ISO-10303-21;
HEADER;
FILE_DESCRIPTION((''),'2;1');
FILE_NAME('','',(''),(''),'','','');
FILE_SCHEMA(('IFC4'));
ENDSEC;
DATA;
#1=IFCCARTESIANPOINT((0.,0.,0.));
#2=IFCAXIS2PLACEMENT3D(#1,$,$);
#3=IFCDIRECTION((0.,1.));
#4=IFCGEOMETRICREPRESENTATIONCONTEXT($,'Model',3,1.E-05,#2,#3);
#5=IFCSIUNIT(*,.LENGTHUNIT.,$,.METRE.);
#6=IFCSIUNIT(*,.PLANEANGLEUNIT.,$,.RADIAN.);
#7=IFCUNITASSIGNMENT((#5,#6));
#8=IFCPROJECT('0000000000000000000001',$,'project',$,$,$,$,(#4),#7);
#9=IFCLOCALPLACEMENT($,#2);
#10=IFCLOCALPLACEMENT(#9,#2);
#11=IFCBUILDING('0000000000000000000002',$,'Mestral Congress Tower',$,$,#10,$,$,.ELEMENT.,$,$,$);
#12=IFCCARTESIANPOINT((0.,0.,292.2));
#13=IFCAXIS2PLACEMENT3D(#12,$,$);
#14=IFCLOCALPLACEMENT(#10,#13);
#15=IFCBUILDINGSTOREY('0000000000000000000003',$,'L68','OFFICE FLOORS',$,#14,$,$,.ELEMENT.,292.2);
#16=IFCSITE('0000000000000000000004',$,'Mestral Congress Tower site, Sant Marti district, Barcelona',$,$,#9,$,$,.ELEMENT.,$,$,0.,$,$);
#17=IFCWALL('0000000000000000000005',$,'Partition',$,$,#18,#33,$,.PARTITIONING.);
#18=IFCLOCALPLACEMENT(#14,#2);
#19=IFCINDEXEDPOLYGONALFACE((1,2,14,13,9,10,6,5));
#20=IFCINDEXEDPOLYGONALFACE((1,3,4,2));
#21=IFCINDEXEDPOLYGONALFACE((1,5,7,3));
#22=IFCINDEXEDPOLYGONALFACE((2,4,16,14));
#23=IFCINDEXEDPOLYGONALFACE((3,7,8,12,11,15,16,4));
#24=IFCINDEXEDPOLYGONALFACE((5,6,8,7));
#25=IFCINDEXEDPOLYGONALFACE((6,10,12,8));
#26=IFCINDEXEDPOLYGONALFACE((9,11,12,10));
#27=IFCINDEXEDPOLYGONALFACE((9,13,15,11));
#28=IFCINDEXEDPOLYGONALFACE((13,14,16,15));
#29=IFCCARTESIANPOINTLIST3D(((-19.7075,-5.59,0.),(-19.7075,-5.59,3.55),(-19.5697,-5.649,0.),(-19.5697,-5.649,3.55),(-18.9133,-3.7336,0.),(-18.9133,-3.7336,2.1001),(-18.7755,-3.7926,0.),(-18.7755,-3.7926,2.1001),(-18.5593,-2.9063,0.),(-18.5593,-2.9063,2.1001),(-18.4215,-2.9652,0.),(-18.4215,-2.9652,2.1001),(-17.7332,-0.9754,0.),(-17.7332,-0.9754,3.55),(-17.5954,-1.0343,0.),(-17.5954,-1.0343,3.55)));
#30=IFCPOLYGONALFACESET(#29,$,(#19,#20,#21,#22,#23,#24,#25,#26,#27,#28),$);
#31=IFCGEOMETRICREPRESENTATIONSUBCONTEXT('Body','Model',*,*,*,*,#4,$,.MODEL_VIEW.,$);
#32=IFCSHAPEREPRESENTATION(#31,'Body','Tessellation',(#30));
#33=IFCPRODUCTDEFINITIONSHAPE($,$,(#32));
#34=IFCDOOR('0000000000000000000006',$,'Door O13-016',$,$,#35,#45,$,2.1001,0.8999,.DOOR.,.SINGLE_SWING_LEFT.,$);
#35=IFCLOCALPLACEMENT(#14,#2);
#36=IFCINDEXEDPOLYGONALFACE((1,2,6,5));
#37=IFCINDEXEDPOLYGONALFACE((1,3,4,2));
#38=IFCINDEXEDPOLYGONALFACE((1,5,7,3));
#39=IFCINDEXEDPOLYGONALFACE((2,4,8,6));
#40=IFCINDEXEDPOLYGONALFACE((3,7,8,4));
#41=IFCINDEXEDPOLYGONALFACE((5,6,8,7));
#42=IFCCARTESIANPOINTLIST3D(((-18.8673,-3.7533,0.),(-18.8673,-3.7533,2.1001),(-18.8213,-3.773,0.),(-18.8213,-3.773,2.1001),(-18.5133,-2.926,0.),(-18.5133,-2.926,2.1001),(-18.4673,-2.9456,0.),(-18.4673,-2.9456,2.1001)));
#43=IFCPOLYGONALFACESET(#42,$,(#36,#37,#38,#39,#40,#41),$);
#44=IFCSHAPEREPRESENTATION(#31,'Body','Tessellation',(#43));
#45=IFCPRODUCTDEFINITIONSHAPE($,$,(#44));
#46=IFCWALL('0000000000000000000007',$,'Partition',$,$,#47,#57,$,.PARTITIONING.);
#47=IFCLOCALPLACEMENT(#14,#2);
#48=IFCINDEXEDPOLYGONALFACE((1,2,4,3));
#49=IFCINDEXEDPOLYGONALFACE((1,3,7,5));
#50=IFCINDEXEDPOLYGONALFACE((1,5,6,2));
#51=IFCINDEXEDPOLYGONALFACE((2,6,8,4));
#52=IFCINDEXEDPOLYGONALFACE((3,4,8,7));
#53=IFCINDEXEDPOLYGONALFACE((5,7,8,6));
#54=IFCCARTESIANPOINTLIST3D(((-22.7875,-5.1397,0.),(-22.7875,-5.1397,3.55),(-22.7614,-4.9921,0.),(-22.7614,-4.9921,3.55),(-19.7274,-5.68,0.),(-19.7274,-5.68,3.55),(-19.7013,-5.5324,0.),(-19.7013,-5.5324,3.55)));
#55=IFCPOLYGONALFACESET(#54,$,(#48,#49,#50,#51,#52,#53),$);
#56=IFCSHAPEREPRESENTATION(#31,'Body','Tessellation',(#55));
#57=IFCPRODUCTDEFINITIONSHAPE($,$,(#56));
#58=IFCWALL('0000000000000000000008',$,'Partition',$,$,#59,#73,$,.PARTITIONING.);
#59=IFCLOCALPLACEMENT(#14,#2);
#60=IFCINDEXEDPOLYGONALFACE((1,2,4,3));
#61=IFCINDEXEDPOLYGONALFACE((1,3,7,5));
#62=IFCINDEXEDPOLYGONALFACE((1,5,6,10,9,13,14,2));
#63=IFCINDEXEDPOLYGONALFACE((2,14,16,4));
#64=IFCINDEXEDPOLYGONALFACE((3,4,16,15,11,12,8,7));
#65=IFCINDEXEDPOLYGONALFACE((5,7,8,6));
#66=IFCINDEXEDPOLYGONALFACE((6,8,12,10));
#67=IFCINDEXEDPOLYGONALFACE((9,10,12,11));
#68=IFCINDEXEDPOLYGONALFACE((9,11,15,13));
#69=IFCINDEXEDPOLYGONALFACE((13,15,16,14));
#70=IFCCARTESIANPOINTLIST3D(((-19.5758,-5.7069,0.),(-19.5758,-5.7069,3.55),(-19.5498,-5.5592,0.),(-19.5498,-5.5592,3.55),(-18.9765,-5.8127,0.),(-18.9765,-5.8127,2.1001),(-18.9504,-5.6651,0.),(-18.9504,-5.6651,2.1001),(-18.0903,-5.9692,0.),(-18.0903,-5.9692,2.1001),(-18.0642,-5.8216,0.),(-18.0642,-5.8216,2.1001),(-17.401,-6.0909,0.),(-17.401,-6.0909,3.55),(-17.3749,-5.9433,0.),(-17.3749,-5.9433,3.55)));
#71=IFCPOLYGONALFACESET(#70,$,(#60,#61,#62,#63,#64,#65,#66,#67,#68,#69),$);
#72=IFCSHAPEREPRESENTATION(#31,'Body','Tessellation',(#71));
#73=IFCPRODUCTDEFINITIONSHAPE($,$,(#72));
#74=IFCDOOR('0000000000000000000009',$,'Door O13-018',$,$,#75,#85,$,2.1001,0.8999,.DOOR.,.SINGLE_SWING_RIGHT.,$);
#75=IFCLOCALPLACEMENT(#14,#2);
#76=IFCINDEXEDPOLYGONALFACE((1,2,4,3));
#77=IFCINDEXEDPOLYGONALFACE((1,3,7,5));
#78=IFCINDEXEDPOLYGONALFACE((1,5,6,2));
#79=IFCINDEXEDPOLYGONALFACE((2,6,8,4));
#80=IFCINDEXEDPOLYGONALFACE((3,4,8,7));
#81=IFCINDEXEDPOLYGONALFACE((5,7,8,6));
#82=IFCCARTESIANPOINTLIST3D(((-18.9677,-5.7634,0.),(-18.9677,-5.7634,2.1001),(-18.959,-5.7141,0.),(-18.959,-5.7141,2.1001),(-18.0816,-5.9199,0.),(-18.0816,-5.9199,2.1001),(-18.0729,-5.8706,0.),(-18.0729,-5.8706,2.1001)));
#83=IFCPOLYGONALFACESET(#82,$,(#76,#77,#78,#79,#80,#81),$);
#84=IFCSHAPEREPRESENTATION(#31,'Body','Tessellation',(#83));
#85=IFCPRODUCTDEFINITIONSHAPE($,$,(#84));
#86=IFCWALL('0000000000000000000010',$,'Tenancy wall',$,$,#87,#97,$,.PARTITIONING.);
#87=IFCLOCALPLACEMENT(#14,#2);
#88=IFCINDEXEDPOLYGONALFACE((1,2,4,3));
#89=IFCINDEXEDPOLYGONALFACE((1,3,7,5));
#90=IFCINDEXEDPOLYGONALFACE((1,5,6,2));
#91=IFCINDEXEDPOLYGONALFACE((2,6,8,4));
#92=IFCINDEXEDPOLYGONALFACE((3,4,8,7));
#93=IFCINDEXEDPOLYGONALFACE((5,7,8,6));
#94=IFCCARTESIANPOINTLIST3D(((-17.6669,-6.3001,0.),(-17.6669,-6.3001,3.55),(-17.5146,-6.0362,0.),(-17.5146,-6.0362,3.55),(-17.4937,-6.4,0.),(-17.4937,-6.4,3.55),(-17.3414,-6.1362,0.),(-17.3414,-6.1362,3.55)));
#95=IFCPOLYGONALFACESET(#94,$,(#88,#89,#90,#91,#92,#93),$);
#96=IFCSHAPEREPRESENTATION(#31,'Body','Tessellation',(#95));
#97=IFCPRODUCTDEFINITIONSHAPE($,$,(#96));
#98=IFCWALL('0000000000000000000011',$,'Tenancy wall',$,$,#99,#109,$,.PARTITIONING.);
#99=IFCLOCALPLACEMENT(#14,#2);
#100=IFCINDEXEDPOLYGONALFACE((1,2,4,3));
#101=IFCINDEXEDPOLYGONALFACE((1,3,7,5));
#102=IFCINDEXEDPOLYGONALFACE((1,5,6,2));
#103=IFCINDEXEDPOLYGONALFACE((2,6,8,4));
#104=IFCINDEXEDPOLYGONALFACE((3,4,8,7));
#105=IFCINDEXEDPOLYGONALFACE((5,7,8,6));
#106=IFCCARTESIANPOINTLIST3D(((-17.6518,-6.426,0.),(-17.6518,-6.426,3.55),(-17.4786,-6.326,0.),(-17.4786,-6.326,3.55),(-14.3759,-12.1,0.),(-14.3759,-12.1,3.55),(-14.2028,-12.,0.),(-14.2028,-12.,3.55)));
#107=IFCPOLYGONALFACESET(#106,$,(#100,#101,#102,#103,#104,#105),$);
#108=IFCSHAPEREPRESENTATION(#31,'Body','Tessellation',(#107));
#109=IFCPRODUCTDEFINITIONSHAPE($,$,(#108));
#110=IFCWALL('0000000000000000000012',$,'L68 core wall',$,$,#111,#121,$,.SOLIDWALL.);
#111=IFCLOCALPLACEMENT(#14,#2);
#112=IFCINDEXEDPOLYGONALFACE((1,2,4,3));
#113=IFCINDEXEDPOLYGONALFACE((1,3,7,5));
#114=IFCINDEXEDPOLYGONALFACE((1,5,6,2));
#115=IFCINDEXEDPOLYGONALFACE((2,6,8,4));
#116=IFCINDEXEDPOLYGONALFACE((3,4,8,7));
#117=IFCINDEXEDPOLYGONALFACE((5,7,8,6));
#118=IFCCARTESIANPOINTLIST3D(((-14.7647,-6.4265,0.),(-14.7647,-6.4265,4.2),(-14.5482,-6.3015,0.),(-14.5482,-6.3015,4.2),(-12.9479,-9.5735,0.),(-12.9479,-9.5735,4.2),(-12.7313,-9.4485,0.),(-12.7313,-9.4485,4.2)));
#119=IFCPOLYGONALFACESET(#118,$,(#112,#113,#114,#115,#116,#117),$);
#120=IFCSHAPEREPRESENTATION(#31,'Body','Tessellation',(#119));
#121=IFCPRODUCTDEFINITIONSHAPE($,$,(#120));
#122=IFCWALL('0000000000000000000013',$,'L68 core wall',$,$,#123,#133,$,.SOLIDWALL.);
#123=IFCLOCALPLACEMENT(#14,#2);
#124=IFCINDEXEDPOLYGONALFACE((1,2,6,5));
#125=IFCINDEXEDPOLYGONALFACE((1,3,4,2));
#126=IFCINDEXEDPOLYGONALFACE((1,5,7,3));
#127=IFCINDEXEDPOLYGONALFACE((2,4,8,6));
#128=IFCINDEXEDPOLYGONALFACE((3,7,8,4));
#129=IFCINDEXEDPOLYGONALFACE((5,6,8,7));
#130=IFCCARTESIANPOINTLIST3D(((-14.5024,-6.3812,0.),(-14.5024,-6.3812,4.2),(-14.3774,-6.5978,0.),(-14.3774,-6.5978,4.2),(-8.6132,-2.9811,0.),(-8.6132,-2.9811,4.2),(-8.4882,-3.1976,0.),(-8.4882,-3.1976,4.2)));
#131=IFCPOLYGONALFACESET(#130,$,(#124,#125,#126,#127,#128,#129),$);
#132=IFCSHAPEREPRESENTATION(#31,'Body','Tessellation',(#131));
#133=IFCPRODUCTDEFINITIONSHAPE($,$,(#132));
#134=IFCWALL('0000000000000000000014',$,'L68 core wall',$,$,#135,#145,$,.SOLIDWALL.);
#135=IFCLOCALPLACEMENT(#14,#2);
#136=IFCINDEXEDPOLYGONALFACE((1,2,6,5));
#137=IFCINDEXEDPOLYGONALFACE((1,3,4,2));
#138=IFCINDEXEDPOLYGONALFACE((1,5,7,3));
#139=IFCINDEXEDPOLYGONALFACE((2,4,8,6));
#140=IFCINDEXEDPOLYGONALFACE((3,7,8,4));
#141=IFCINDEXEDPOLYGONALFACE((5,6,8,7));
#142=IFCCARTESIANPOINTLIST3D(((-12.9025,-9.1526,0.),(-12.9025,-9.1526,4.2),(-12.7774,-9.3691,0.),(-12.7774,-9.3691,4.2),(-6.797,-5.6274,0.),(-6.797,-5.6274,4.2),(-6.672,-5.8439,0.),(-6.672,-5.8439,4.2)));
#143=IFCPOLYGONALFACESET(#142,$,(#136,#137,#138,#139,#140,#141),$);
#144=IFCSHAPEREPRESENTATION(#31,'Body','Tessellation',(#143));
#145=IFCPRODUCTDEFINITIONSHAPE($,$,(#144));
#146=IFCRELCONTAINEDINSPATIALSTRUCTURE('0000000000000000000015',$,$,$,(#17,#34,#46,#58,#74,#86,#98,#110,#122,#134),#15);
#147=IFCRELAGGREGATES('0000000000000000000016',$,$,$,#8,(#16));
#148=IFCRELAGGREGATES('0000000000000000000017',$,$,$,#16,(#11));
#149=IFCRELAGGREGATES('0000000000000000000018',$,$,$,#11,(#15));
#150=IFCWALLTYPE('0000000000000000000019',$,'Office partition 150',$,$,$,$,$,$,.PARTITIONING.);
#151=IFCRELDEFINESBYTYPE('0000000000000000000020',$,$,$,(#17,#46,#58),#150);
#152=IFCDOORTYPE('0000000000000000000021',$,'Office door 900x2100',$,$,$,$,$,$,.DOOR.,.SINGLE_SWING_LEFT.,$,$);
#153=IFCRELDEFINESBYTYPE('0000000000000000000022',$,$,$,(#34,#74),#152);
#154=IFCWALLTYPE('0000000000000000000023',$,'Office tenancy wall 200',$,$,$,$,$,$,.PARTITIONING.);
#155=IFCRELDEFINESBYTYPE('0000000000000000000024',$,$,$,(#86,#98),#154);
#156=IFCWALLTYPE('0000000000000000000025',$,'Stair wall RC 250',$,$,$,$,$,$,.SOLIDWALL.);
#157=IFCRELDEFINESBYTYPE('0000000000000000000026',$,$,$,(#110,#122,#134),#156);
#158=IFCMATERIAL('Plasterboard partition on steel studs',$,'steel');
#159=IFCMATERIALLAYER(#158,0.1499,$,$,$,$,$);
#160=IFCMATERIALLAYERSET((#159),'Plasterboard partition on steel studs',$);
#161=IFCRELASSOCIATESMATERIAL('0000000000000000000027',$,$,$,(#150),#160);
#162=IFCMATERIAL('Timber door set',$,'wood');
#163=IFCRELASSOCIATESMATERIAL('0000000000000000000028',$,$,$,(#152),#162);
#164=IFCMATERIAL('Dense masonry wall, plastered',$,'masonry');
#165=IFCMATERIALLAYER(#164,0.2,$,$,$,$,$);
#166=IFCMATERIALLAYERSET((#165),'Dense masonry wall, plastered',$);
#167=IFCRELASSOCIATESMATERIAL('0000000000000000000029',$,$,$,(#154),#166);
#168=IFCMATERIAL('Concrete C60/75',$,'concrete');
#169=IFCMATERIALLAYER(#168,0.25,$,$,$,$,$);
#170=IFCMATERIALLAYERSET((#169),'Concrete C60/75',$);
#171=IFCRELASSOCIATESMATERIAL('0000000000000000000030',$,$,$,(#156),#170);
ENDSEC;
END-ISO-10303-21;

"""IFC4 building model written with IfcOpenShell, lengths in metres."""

from ifc_helpers import new_model, si_unit, direction, frame, frame_2d, origin, place, context, subcontext, project, spatial, rectangle, extrude, material, layer, layer_set, type_object, element, fill, save


model = new_model("IFC4")

# Units and contexts
model_context = context("Model", 3, precision=1e-05, world=origin(), true_north=direction((0.0, 1.0)))
body_context = subcontext(model_context, "Body", "Model", "MODEL_VIEW")
ifc_project = project(units=[si_unit("LENGTHUNIT", "METRE"), si_unit("PLANEANGLEUNIT", "RADIAN")], contexts=[model_context])

# Site, building, storey
site_placement = place(None, origin())
site = spatial("IfcSite", under=ifc_project, at=site_placement, Name="Mestral Congress Tower site, Sant Marti district, Barcelona", CompositionType="ELEMENT", RefElevation=0.0)
building_placement = place(site_placement, origin())
building = spatial("IfcBuilding", under=site, at=building_placement, Name="Mestral Congress Tower", CompositionType="ELEMENT")
storey_placement = place(building_placement, frame((0.0, 0.0, 292.2)))
storey = spatial("IfcBuildingStorey", under=building, at=storey_placement, Name="L68", Description="OFFICE FLOORS", CompositionType="ELEMENT", Elevation=292.2)

# Shared definitions
ifc_material_1 = material(Name="Concrete C60/75", Category="concrete")

# Shared definitions
ifc_material_2 = material(Name="Plasterboard partition on steel studs", Category="steel")
ifc_layer_1 = layer(ifc_material_2, 0.1499)
ifc_layer_set_1 = layer_set([ifc_layer_1], Name="Plasterboard partition on steel studs")
wall_type_1 = type_object("IfcWallType", Name="Office partition 150", PredefinedType="PARTITIONING", material=ifc_layer_set_1)

# Shared definitions
ifc_material_3 = material(Name="Timber door set", Category="wood")
door_type = type_object("IfcDoorType", Name="Office door 900x2100", OperationType="SINGLE_SWING_LEFT", PredefinedType="DOOR", material=ifc_material_3)

# Wall, opening, door
wall_1_placement = place(storey_placement, frame((-19.6387, -5.6196, 0.0), z_axis=(0.0, 0.0, 1.0), x_axis=(0.39335, 0.919389, 0.0)))
wall_1 = element("IfcWall", 1, at=wall_1_placement, inside=storey, type_object=wall_type_1, Name="Partition", PredefinedType="PARTITIONING", context=body_context, shape_type="SweptSolid", body=[
    extrude(rectangle(XDim=5.0193, YDim=0.1499, at=frame_2d((2.5098, 0.0))), origin(), (0.0, 0.0, 1.0), 3.55),
])
opening_1_placement = place(wall_1_placement, frame((2.0193, 0.0, 0.0)))
opening_1 = element("IfcOpeningElement", 2, at=opening_1_placement, cuts=wall_1, PredefinedType="OPENING", context=body_context, shape_type="SweptSolid", body=[
    extrude(rectangle(XDim=0.8999, YDim=2.1001, at=frame_2d((0.45, 1.05))), frame((0.0, 0.085, 0.0), z_axis=(0.0, -1.0, 0.0), x_axis=(1.0, 0.0, 0.0)), (0.0, 0.0, 1.0), 0.1699),
])
door_1_placement = place(opening_1_placement, origin())
door_1 = element("IfcDoor", 3, at=door_1_placement, inside=storey, type_object=door_type, Name="Door O13-016", OperationType="SINGLE_SWING_LEFT", OverallHeight=2.1001, OverallWidth=0.8999, PredefinedType="DOOR", context=body_context, shape_type="SweptSolid", body=[
    extrude(rectangle(XDim=0.8999, YDim=2.1001, at=frame_2d((0.45, 1.05))), frame((0.0, 0.0249, 0.0), z_axis=(0.0, -1.0, 0.0), x_axis=(1.0, 0.0, 0.0)), (0.0, 0.0, 1.0), 0.05),
])
fill(opening_1, door_1)

# Wall
wall_2_placement = place(storey_placement, frame((-19.7144, -5.6062, 0.0), z_axis=(0.0, 0.0, 1.0), x_axis=(-0.984769, 0.17387, 0.0)))
element("IfcWall", 4, at=wall_2_placement, inside=storey, type_object=wall_type_1, Name="Partition", PredefinedType="PARTITIONING", context=body_context, shape_type="SweptSolid", body=[
    extrude(rectangle(XDim=3.1074, YDim=0.1499, at=frame_2d((1.5537, 0.0))), origin(), (0.0, 0.0, 1.0), 3.55),
])

# Wall, opening, door
wall_3_placement = place(storey_placement, frame((-17.3879, -6.0171, 0.0), z_axis=(0.0, 0.0, 1.0), x_axis=(-0.984765, 0.173893, 0.0)))
wall_3 = element("IfcWall", 5, at=wall_3_placement, inside=storey, type_object=wall_type_1, Name="Partition", PredefinedType="PARTITIONING", context=body_context, shape_type="SweptSolid", body=[
    extrude(rectangle(XDim=2.2085, YDim=0.1499, at=frame_2d((1.1042, 0.0))), origin(), (0.0, 0.0, 1.0), 3.55),
])
opening_2_placement = place(wall_3_placement, frame((0.7, 0.0, 0.0)))
opening_2 = element("IfcOpeningElement", 6, at=opening_2_placement, cuts=wall_3, PredefinedType="OPENING", context=body_context, shape_type="SweptSolid", body=[
    extrude(rectangle(XDim=0.8999, YDim=2.1001, at=frame_2d((0.45, 1.05))), frame((0.0, 0.085, 0.0), z_axis=(0.0, -1.0, 0.0), x_axis=(1.0, 0.0, 0.0)), (0.0, 0.0, 1.0), 0.1699),
])
door_2_placement = place(opening_2_placement, origin())
door_2 = element("IfcDoor", 7, at=door_2_placement, inside=storey, type_object=door_type, Name="Door O13-018", OperationType="SINGLE_SWING_RIGHT", OverallHeight=2.1001, OverallWidth=0.8999, PredefinedType="DOOR", context=body_context, shape_type="SweptSolid", body=[
    extrude(rectangle(XDim=0.8999, YDim=2.1001, at=frame_2d((0.45, 1.05))), frame((0.0, 0.0249, 0.0), z_axis=(0.0, -1.0, 0.0), x_axis=(1.0, 0.0, 0.0)), (0.0, 0.0, 1.0), 0.05),
])
fill(opening_2, door_2)

# Walls
ifc_material_4 = material(Name="Dense masonry wall, plastered", Category="masonry")
ifc_layer_2 = layer(ifc_material_4, 0.2)
ifc_layer_set_2 = layer_set([ifc_layer_2], Name="Dense masonry wall, plastered")
wall_type_2 = type_object("IfcWallType", Name="Office tenancy wall 200", PredefinedType="PARTITIONING", material=ifc_layer_set_2)
wall_4_placement = place(storey_placement, frame((-17.428, -6.0862, 0.0), z_axis=(0.0, 0.0, 1.0), x_axis=(-0.499931, -0.866066, 0.0)))
element("IfcWall", 8, at=wall_4_placement, inside=storey, type_object=wall_type_2, Name="Tenancy wall", PredefinedType="PARTITIONING", context=body_context, shape_type="SweptSolid", body=[
    extrude(rectangle(XDim=0.3047, YDim=0.2, at=frame_2d((0.1523, 0.0))), origin(), (0.0, 0.0, 1.0), 3.55),
])
wall_5_placement = place(storey_placement, frame((-17.5652, -6.376, 0.0), z_axis=(0.0, 0.0, 1.0), x_axis=(0.499994, -0.866029, 0.0)))
element("IfcWall", 9, at=wall_5_placement, inside=storey, type_object=wall_type_2, Name="Tenancy wall", PredefinedType="PARTITIONING", context=body_context, shape_type="SweptSolid", body=[
    extrude(rectangle(XDim=6.5518, YDim=0.2, at=frame_2d((3.2759, 0.0))), origin(), (0.0, 0.0, 1.0), 3.55),
])
ifc_layer_3 = layer(ifc_material_1, 0.25)
ifc_layer_set_3 = layer_set([ifc_layer_3], Name="Concrete C60/75")
wall_type_3 = type_object("IfcWallType", Name="Stair wall RC 250", PredefinedType="SOLIDWALL", material=ifc_layer_set_3)
wall_6_placement = place(storey_placement, frame((-12.8396, -9.511, 0.0), z_axis=(0.0, 0.0, 1.0), x_axis=(-0.499998, 0.866027, 0.0)))
element("IfcWall", 10, at=wall_6_placement, inside=storey, type_object=wall_type_3, Name="L68 core wall", PredefinedType="SOLIDWALL", context=body_context, shape_type="SweptSolid", body=[
    extrude(rectangle(XDim=3.6338, YDim=0.25, at=frame_2d((1.8169, 0.0))), origin(), (0.0, 0.0, 1.0), 4.2),
])
wall_7_placement = place(storey_placement, frame((-14.4399, -6.4895, 0.0), z_axis=(0.0, 0.0, 1.0), x_axis=(0.866023, 0.500004, 0.0)))
element("IfcWall", 11, at=wall_7_placement, inside=storey, type_object=wall_type_3, Name="L68 core wall", PredefinedType="SOLIDWALL", context=body_context, shape_type="SweptSolid", body=[
    extrude(rectangle(XDim=6.8003, YDim=0.25, at=frame_2d((3.4001, 0.0))), origin(), (0.0, 0.0, 1.0), 4.2),
])
wall_8_placement = place(storey_placement, frame((-12.8398, -9.2607, 0.0), z_axis=(0.0, 0.0, 1.0), x_axis=(0.866016, 0.500016, 0.0)))
element("IfcWall", 12, at=wall_8_placement, inside=storey, type_object=wall_type_3, Name="L68 core wall", PredefinedType="SOLIDWALL", context=body_context, shape_type="SweptSolid", body=[
    extrude(rectangle(XDim=7.05, YDim=0.25, at=frame_2d((3.5249, 0.0))), origin(), (0.0, 0.0, 1.0), 4.2),
])

save(model, "model.ifc")
